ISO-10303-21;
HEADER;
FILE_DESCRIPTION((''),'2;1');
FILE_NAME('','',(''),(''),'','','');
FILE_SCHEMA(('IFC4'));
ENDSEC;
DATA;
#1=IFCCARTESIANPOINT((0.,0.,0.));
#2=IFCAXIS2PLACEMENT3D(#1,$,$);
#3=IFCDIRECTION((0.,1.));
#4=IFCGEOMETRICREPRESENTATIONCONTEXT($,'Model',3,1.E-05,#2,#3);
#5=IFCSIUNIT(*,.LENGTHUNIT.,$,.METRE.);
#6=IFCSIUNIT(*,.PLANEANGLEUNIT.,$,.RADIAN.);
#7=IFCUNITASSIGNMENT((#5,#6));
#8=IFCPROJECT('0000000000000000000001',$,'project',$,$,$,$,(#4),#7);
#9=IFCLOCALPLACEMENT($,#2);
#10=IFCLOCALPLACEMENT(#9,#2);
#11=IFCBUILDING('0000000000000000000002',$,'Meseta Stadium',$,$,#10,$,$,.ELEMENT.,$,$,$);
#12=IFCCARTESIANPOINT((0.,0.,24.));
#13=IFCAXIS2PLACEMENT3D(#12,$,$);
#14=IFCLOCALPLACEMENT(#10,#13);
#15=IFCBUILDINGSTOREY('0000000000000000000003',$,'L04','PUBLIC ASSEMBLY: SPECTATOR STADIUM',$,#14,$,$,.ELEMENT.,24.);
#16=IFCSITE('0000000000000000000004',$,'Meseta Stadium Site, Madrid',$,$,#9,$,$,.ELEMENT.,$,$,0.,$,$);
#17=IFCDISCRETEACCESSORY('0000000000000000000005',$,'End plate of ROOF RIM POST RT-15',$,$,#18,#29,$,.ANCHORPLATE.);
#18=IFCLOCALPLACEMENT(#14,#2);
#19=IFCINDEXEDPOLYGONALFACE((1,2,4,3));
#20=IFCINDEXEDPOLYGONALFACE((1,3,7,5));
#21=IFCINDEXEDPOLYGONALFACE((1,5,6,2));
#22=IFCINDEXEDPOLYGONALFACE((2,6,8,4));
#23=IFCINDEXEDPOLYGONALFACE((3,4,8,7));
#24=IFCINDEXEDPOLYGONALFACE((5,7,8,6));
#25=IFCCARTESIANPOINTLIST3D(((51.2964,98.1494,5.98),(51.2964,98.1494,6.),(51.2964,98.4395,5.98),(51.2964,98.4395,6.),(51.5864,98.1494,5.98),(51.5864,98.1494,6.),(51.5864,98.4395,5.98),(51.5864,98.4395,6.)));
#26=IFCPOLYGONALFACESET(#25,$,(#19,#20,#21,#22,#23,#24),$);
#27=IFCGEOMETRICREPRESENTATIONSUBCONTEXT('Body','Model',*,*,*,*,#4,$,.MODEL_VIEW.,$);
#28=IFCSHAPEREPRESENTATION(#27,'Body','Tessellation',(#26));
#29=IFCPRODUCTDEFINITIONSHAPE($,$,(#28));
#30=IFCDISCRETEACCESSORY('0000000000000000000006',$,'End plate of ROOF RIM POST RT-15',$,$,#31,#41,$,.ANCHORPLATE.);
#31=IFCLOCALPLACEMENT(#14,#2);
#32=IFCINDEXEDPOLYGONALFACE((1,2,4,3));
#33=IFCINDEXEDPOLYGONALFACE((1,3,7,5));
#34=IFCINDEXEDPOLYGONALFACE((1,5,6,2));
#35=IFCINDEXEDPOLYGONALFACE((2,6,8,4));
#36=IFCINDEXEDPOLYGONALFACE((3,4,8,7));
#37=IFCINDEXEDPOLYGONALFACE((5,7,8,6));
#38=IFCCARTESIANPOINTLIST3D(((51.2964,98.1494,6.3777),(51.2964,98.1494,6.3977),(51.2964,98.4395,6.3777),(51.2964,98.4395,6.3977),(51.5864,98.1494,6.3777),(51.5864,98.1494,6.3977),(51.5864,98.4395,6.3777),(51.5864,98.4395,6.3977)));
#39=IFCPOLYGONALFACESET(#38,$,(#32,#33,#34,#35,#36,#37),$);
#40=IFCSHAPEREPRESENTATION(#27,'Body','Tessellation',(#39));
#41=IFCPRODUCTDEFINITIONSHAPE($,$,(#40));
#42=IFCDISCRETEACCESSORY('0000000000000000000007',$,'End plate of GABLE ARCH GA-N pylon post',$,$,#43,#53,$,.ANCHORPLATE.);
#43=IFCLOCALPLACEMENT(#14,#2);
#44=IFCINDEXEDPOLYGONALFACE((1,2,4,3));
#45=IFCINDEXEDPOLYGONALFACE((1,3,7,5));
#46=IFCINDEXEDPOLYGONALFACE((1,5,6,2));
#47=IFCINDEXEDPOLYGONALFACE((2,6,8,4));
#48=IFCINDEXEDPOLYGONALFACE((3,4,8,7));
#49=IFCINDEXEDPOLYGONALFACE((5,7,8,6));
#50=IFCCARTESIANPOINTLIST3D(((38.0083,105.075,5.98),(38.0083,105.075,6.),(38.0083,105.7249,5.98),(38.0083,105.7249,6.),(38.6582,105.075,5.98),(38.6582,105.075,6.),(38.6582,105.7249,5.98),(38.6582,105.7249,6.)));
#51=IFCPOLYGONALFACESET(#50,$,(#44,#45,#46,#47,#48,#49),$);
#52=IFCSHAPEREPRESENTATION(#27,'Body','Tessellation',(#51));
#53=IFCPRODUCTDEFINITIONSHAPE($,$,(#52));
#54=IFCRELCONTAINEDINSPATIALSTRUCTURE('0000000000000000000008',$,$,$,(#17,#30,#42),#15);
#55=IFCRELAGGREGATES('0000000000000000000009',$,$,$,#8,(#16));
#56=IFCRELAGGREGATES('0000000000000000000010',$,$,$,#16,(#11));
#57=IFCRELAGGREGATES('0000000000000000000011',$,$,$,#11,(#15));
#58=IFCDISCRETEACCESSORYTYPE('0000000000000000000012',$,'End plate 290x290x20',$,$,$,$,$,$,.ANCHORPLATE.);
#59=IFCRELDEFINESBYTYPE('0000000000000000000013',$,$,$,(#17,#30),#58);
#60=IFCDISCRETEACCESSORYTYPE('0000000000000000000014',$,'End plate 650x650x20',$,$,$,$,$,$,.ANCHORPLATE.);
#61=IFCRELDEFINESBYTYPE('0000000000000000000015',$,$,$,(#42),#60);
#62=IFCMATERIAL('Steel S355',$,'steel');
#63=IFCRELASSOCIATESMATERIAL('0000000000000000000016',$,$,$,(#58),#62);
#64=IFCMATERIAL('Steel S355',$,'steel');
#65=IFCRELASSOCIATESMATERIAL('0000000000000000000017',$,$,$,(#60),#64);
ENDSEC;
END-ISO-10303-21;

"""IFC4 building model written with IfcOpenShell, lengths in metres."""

from ifc_helpers import new_model, si_unit, direction, frame, origin, origin_2d, place, context, subcontext, project, spatial, rectangle, extrude, material, material_profile, profile_set, type_object, element, save


model = new_model("IFC4")

# Units and contexts
model_context = context("Model", 3, precision=1e-05, world=origin(), true_north=direction((0.0, 1.0)))
body_context = subcontext(model_context, "Body", "Model", "MODEL_VIEW")
ifc_project = project(units=[si_unit("LENGTHUNIT", "METRE"), si_unit("PLANEANGLEUNIT", "RADIAN")], contexts=[model_context])

# Site, building, storey
site_placement = place(None, origin())
site = spatial("IfcSite", under=ifc_project, at=site_placement, Name="Meseta Stadium Site, Madrid", CompositionType="ELEMENT", RefElevation=0.0)
building_placement = place(site_placement, origin())
building = spatial("IfcBuilding", under=site, at=building_placement, Name="Meseta Stadium", CompositionType="ELEMENT")
storey_placement = place(building_placement, frame((0.0, 0.0, 24.0)))
storey = spatial("IfcBuildingStorey", under=building, at=storey_placement, Name="L04", Description="PUBLIC ASSEMBLY: SPECTATOR STADIUM", CompositionType="ELEMENT", Elevation=24.0)

# Discrete accessories
ifc_material_1 = material(Name="Steel S355", Category="steel")
ifc_material_profile_1 = material_profile(ifc_material_1, rectangle(XDim=0.29, YDim=0.29, at=origin_2d()), Name="PL 290x290")
ifc_profile_set_1 = profile_set([ifc_material_profile_1], Name="Steel S355")
discrete_accessory_type_1 = type_object("IfcDiscreteAccessoryType", Name="End plate 290x290x20", PredefinedType="ANCHORPLATE", material=ifc_profile_set_1)
for number, where, z_axis, x_axis, name in (
    (1, (51.4414, 98.2944, 5.98), (0.0, 0.0, 1.0), (1.0, 0.0, 0.0), "End plate of ROOF RIM POST RT-15"),
    (2, (51.4414, 98.2944, 6.3777), (0.0, 0.0, 1.0), (1.0, 0.0, 0.0), "End plate of ROOF RIM POST RT-15"),
):
    element("IfcDiscreteAccessory", number, at=place(storey_placement, frame(where, z_axis=z_axis, x_axis=x_axis)), inside=storey, type_object=discrete_accessory_type_1, Name=name, PredefinedType="ANCHORPLATE", context=body_context, shape_type="SweptSolid", body=[
        extrude(rectangle(XDim=0.29, YDim=0.29, at=origin_2d()), origin(), (0.0, 0.0, 1.0), 0.02),
    ])
ifc_material_2 = material(Name="Steel S355", Category="steel")
ifc_material_profile_2 = material_profile(ifc_material_2, rectangle(XDim=0.6499, YDim=0.6499, at=origin_2d()), Name="PL 650x650")
ifc_profile_set_2 = profile_set([ifc_material_profile_2], Name="Steel S355")
discrete_accessory_type_2 = type_object("IfcDiscreteAccessoryType", Name="End plate 650x650x20", PredefinedType="ANCHORPLATE", material=ifc_profile_set_2)
discrete_accessory_placement = place(storey_placement, frame((38.3333, 105.3999, 5.98), z_axis=(0.0, 0.0, 1.0), x_axis=(1.0, 0.0, 0.0)))
element("IfcDiscreteAccessory", 3, at=discrete_accessory_placement, inside=storey, type_object=discrete_accessory_type_2, Name="End plate of GABLE ARCH GA-N pylon post", PredefinedType="ANCHORPLATE", context=body_context, shape_type="SweptSolid", body=[
    extrude(rectangle(XDim=0.6499, YDim=0.6499, at=origin_2d()), origin(), (0.0, 0.0, 1.0), 0.02),
])

save(model, "model.ifc")
